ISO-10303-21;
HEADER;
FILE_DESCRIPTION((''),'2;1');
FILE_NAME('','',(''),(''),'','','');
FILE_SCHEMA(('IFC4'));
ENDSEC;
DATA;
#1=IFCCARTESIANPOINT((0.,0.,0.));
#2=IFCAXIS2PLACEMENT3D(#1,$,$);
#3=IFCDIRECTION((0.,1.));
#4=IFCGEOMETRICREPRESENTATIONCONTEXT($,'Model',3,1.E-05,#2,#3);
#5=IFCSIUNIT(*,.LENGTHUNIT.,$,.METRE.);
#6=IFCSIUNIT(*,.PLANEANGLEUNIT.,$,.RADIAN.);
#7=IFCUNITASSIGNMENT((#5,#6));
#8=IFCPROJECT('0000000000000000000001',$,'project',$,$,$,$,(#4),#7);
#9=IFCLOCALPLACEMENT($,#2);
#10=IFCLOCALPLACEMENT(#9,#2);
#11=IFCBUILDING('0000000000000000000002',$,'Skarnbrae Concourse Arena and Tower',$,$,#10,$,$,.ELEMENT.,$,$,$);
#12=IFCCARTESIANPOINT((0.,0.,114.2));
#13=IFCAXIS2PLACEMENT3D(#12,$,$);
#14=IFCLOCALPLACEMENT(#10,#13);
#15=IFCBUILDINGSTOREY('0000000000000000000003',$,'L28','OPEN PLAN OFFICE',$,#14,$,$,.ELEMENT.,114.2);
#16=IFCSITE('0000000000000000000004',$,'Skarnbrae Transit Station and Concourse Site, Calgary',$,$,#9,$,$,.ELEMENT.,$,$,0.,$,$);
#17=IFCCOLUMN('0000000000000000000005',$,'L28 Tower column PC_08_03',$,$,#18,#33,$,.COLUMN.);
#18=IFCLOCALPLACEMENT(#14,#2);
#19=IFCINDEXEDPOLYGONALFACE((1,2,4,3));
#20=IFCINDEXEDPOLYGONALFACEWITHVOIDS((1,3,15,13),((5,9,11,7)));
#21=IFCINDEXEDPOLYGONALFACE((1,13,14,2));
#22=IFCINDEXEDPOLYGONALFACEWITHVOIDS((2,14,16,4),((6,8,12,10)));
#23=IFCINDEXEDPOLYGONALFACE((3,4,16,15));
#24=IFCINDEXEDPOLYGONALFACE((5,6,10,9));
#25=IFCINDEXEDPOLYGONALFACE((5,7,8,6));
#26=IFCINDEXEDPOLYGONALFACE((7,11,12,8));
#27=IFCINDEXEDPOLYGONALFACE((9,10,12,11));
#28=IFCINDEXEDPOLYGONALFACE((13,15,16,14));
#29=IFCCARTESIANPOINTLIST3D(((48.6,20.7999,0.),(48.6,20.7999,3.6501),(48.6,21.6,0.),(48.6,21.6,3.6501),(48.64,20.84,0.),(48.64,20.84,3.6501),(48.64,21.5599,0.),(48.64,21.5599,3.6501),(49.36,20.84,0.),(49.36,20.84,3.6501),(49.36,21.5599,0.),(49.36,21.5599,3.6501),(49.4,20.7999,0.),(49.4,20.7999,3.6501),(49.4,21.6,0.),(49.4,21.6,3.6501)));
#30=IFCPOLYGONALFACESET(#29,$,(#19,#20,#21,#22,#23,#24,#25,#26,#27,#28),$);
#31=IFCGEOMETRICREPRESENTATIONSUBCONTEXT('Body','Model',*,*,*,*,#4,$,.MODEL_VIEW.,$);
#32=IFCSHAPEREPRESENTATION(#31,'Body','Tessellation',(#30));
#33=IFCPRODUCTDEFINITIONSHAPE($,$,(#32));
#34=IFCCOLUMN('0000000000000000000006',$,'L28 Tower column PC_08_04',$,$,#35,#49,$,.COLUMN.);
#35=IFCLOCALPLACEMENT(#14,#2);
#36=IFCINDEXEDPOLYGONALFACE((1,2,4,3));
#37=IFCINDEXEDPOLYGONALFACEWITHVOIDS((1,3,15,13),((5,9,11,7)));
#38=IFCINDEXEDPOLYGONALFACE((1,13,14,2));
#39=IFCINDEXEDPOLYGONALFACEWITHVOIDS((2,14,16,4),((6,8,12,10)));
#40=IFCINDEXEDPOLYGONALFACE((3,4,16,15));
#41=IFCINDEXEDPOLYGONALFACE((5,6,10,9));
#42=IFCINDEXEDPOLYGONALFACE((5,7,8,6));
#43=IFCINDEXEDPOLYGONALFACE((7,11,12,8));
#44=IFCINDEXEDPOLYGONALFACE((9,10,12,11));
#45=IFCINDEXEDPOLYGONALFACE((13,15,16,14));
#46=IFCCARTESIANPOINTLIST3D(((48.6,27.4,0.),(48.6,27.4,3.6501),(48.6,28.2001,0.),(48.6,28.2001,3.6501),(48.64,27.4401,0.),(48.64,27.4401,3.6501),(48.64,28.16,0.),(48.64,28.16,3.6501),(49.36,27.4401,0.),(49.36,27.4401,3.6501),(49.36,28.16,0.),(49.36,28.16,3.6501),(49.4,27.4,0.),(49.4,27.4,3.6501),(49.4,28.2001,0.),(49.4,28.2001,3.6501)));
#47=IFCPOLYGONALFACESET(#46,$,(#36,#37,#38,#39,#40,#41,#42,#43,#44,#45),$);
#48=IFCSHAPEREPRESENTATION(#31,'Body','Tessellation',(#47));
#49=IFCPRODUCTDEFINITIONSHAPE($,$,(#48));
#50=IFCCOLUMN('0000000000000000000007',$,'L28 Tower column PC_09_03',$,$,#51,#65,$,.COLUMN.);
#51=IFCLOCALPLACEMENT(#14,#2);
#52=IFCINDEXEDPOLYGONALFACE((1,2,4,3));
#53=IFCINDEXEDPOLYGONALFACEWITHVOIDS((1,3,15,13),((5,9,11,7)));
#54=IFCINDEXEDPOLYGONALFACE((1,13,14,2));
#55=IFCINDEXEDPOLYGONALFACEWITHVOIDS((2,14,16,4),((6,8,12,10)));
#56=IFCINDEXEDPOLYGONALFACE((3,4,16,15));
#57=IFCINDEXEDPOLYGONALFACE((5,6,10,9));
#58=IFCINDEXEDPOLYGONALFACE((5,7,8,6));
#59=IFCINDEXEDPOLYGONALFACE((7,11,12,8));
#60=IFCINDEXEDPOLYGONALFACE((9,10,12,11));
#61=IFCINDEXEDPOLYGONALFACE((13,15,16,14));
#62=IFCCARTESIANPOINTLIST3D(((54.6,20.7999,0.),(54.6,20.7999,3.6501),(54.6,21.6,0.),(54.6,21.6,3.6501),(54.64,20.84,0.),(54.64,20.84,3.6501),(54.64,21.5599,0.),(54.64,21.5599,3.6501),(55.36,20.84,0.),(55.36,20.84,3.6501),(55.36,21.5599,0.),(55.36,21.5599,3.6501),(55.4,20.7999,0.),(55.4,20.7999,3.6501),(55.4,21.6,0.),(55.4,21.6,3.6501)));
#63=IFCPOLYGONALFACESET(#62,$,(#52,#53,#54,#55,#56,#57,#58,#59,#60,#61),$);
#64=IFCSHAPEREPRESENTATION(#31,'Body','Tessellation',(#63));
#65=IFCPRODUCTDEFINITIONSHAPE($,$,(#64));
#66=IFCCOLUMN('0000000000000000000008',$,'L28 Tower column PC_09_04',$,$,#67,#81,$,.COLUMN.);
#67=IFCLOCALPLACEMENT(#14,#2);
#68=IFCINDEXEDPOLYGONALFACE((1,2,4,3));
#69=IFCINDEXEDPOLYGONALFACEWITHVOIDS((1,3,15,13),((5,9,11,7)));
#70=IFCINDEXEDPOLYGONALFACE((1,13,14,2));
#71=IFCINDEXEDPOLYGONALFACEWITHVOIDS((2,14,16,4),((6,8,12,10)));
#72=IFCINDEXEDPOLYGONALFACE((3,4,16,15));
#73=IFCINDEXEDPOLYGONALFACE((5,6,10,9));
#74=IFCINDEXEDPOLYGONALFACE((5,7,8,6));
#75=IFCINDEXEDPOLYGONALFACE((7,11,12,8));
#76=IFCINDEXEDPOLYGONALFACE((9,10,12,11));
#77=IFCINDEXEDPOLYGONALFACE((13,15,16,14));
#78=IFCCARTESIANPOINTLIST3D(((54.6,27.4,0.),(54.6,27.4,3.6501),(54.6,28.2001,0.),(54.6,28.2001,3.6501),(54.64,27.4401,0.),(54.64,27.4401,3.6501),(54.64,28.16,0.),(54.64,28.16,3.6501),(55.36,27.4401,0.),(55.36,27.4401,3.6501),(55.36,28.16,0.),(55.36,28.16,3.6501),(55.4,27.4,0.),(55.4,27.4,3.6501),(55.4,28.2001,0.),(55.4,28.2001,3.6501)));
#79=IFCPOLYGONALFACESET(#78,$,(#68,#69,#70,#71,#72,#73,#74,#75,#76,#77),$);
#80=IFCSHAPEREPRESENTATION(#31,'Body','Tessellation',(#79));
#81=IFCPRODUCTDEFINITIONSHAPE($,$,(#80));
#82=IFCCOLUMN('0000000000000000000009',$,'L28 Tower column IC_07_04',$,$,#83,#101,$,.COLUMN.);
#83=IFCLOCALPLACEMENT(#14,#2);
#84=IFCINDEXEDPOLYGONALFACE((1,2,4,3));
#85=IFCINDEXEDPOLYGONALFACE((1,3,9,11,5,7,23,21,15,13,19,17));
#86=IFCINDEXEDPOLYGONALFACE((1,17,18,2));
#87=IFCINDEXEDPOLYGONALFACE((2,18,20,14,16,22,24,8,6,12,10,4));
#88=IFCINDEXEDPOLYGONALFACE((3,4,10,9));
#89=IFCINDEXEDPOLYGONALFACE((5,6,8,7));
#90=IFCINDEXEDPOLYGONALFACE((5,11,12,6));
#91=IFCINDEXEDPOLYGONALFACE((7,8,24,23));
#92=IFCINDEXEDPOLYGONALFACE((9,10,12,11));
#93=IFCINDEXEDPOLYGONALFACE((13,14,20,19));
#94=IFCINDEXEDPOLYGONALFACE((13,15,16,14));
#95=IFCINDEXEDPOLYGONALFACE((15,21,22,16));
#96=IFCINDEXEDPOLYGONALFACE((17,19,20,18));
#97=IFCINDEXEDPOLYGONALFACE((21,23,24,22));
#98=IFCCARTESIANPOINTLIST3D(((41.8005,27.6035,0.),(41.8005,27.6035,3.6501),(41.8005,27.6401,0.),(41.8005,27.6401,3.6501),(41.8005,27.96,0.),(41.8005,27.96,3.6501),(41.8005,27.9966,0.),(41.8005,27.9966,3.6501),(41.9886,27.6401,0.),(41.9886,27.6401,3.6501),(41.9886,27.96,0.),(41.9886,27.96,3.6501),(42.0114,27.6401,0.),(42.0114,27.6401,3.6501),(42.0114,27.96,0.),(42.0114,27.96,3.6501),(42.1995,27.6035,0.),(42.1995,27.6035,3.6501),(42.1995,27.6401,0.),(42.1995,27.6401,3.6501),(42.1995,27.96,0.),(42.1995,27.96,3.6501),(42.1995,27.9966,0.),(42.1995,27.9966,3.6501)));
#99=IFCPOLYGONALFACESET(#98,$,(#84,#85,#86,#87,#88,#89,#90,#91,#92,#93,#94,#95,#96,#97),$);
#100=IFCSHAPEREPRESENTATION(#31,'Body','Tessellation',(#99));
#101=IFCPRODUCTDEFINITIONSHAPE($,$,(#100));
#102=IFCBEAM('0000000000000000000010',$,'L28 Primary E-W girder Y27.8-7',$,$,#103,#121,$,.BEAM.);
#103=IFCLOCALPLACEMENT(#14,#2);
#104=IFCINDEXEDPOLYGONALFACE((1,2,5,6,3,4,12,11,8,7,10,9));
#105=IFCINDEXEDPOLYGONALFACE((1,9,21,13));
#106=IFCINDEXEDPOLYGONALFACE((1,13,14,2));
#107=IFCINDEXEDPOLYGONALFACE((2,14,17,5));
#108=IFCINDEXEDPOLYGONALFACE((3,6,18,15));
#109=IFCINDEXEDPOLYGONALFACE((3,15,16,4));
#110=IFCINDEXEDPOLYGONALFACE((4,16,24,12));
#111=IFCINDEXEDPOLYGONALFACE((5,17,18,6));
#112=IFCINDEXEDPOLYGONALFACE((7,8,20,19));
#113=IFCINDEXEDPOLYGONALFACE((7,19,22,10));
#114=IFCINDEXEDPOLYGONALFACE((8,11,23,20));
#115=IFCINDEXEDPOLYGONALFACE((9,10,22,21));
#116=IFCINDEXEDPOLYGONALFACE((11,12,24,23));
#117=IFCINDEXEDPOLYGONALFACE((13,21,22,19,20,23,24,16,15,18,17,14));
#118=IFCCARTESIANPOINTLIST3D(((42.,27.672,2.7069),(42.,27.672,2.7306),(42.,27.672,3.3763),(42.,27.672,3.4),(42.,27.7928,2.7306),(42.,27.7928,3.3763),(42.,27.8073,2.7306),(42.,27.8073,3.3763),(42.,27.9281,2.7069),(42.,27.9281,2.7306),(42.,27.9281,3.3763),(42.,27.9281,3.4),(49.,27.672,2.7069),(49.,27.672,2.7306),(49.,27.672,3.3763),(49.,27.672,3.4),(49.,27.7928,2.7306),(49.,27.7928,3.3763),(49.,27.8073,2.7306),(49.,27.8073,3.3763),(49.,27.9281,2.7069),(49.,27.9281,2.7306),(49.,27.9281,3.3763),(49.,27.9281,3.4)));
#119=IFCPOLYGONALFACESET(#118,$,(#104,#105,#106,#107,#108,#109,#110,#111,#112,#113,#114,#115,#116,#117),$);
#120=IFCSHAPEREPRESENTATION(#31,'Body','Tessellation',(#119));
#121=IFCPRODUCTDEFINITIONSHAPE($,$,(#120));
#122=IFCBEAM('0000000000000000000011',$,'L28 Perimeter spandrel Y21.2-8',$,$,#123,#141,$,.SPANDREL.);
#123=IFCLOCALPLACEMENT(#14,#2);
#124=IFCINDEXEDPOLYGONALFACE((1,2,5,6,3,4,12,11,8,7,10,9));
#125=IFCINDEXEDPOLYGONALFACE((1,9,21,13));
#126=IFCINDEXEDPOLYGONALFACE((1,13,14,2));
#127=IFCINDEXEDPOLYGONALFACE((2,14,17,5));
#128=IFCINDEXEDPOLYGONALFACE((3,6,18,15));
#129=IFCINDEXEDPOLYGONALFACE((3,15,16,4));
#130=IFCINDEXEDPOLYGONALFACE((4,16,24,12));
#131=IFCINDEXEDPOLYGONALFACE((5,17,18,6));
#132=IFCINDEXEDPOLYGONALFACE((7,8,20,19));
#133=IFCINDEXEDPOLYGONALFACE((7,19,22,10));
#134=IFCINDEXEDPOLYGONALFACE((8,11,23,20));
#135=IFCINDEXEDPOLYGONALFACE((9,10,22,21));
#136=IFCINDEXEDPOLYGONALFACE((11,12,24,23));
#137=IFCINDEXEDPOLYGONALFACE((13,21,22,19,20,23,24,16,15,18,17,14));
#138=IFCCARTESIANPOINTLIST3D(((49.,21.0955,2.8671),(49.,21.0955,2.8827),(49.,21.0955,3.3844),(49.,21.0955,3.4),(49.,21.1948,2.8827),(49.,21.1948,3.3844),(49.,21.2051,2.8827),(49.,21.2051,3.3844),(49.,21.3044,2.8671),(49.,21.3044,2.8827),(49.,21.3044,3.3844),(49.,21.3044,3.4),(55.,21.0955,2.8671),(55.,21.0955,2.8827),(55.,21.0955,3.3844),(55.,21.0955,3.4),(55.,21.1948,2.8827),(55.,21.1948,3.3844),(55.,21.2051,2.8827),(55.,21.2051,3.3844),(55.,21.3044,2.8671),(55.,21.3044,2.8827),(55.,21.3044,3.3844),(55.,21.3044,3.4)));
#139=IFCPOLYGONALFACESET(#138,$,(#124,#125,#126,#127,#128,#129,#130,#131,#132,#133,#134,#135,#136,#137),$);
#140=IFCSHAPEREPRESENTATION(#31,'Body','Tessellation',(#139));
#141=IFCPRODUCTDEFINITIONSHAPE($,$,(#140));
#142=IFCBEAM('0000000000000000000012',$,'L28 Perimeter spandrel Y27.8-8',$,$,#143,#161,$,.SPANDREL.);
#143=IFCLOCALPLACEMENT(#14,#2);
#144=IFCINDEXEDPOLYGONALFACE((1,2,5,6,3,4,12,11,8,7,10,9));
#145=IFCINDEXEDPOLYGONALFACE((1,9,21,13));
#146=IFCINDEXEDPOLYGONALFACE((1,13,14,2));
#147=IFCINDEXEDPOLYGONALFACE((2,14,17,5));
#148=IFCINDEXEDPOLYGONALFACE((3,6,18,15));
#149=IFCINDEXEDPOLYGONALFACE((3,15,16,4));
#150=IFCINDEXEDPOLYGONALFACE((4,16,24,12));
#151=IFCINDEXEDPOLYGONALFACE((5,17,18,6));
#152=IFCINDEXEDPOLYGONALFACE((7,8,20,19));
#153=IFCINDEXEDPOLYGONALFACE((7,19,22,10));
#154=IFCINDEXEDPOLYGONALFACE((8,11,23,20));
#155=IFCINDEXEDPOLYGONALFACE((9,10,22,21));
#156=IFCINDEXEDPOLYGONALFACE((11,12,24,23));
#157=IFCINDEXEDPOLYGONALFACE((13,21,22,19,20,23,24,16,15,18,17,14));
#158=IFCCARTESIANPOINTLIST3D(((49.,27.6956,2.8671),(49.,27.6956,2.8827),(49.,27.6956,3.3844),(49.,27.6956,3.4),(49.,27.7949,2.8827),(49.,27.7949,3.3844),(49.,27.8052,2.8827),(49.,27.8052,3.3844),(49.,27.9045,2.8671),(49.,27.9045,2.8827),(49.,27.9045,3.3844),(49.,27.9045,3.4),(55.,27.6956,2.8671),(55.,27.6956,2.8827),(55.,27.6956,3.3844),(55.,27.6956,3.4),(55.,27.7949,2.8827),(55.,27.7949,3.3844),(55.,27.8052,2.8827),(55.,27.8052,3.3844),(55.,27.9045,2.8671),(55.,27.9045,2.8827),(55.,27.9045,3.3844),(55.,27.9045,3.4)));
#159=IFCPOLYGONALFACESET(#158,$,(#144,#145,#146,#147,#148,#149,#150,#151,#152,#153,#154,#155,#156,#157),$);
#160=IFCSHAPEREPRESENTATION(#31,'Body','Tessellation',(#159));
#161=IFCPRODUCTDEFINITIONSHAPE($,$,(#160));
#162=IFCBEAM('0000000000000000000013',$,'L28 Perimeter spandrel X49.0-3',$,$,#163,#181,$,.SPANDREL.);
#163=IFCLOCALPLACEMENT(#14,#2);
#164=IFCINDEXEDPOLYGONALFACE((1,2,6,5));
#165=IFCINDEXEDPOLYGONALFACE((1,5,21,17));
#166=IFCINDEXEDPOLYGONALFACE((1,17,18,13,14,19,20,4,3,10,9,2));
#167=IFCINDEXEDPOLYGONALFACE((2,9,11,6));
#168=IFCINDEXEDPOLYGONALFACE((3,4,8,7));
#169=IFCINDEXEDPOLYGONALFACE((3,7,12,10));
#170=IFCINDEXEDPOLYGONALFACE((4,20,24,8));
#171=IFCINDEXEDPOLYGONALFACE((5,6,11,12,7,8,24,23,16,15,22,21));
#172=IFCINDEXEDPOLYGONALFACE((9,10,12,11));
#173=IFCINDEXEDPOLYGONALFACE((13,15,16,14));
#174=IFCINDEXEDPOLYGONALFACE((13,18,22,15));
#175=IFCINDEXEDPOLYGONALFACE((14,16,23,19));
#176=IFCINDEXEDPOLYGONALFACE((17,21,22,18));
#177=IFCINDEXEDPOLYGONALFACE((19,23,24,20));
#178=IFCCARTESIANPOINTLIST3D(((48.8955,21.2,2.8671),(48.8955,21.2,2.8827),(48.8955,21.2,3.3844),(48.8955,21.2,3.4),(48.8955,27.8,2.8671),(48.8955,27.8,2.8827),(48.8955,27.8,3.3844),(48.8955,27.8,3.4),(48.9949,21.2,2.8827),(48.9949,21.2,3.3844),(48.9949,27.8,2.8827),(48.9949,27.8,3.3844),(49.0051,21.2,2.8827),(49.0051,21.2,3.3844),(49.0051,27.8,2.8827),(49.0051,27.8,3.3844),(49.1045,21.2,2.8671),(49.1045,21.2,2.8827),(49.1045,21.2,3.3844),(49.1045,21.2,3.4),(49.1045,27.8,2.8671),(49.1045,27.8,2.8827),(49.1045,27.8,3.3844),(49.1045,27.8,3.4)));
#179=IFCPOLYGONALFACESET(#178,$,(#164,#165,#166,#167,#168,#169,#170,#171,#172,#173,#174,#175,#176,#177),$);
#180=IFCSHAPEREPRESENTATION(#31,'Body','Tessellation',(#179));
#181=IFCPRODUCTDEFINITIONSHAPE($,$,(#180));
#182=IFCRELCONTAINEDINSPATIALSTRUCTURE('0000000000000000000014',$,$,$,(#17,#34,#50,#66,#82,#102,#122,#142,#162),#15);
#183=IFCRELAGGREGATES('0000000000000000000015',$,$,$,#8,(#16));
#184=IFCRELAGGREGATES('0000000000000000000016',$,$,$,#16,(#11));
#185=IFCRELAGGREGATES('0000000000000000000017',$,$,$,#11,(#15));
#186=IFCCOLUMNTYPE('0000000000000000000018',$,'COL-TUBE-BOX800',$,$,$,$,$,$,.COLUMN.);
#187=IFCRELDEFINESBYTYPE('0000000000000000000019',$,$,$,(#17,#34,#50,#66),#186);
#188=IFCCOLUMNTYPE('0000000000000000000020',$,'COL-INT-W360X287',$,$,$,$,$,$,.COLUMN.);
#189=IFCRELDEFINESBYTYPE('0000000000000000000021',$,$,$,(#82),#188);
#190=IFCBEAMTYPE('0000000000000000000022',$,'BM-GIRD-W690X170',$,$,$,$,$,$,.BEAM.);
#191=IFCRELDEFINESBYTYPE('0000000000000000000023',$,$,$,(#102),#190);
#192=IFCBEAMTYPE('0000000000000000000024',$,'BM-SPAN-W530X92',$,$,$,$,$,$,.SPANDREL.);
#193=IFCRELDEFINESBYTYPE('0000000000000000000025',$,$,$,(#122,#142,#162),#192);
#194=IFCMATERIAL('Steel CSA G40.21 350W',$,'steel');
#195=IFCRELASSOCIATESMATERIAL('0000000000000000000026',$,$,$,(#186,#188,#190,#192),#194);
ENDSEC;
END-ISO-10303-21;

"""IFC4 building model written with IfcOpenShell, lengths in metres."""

from ifc_helpers import new_model, si_unit, direction, frame, origin, origin_2d, place, context, subcontext, project, spatial, hollow_rectangle, i_section, extrude, source, transform, mapped, material, material_profile, profile_set, type_object, element, save


model = new_model("IFC4")

# Units and contexts
model_context = context("Model", 3, precision=1e-05, world=origin(), true_north=direction((0.0, 1.0)))
body_context = subcontext(model_context, "Body", "Model", "MODEL_VIEW")
ifc_project = project(units=[si_unit("LENGTHUNIT", "METRE"), si_unit("PLANEANGLEUNIT", "RADIAN")], contexts=[model_context])

# Site, building, storey
site_placement = place(None, origin())
site = spatial("IfcSite", under=ifc_project, at=site_placement, Name="Skarnbrae Transit Station and Concourse Site, Calgary", CompositionType="ELEMENT", RefElevation=0.0)
building_placement = place(site_placement, origin())
building = spatial("IfcBuilding", under=site, at=building_placement, Name="Skarnbrae Concourse Arena and Tower", CompositionType="ELEMENT")
storey_placement = place(building_placement, frame((0.0, 0.0, 114.2)))
storey = spatial("IfcBuildingStorey", under=building, at=storey_placement, Name="L28", Description="OPEN PLAN OFFICE", CompositionType="ELEMENT", Elevation=114.2)

# Columns
ifc_material_1 = material(Name="Steel CSA G40.21 350W", Category="steel")
ifc_material_profile_1 = material_profile(ifc_material_1, hollow_rectangle(XDim=0.8, YDim=0.8, WallThickness=0.04, at=origin_2d()), Name="BOX800X800X40")
ifc_profile_set_1 = profile_set([ifc_material_profile_1], Name="Steel CSA G40.21 350W")
column_type_1 = type_object("IfcColumnType", Name="COL-TUBE-BOX800", PredefinedType="COLUMN", material=ifc_profile_set_1)
shared_shape_1 = source(origin(), body_context, "Body", "SweptSolid", [
    extrude(hollow_rectangle(XDim=0.8, YDim=0.8, WallThickness=0.04, at=origin_2d()), origin(), (0.0, 0.0, 1.0), 3.6501),
])
for number, where, z_axis, x_axis, name in (
    (1, (49.0, 21.2, 0.0), (0.0, 0.0, 1.0), (1.0, 0.0, 0.0), "L28 Tower column PC_08_03"),
    (2, (49.0, 27.8, 0.0), (0.0, 0.0, 1.0), (1.0, 0.0, 0.0), "L28 Tower column PC_08_04"),
    (3, (55.0, 21.2, 0.0), (0.0, 0.0, 1.0), (1.0, 0.0, 0.0), "L28 Tower column PC_09_03"),
    (4, (55.0, 27.8, 0.0), (0.0, 0.0, 1.0), (1.0, 0.0, 0.0), "L28 Tower column PC_09_04"),
):
    element("IfcColumn", number, at=place(storey_placement, frame(where, z_axis=z_axis, x_axis=x_axis)), inside=storey, type_object=column_type_1, Name=name, PredefinedType="COLUMN", context=body_context, shape_type="MappedRepresentation", body=[
        mapped(shared_shape_1, transform((0.0, 0.0, 0.0))),
    ])
ifc_material_profile_2 = material_profile(ifc_material_1, i_section(OverallWidth=0.3989, OverallDepth=0.3931, WebThickness=0.0227, FlangeThickness=0.0366, at=origin_2d()), Name="W360X287")
ifc_profile_set_2 = profile_set([ifc_material_profile_2], Name="Steel CSA G40.21 350W")
column_type_2 = type_object("IfcColumnType", Name="COL-INT-W360X287", PredefinedType="COLUMN", material=ifc_profile_set_2)
shared_shape_2 = source(origin(), body_context, "Body", "SweptSolid", [
    extrude(i_section(OverallWidth=0.3989, OverallDepth=0.3931, WebThickness=0.0227, FlangeThickness=0.0366, at=origin_2d()), origin(), (0.0, 0.0, 1.0), 3.6501),
])
column_placement = place(storey_placement, frame((42.0, 27.8, 0.0), z_axis=(0.0, 0.0, 1.0), x_axis=(1.0, 0.0, 0.0)))
element("IfcColumn", 5, at=column_placement, inside=storey, type_object=column_type_2, Name="L28 Tower column IC_07_04", PredefinedType="COLUMN", context=body_context, shape_type="MappedRepresentation", body=[
    mapped(shared_shape_2, transform((0.0, 0.0, 0.0))),
])

# Beams
ifc_material_profile_3 = material_profile(ifc_material_1, i_section(OverallWidth=0.2561, OverallDepth=0.6931, WebThickness=0.0144, FlangeThickness=0.0237, at=origin_2d()), Name="W690X170")
ifc_profile_set_3 = profile_set([ifc_material_profile_3], Name="Steel CSA G40.21 350W")
beam_type_1 = type_object("IfcBeamType", Name="BM-GIRD-W690X170", PredefinedType="BEAM", material=ifc_profile_set_3)
shared_shape_3 = source(origin(), body_context, "Body", "SweptSolid", [
    extrude(i_section(OverallWidth=0.2561, OverallDepth=0.6931, WebThickness=0.0144, FlangeThickness=0.0237, at=origin_2d()), origin(), (0.0, 0.0, 1.0), 7.0),
])
beam_1_placement = place(storey_placement, frame((42.0, 27.8, 3.0535), z_axis=(1.0, 0.0, 0.0), x_axis=(0.0, 1.0, 0.0)))
element("IfcBeam", 6, at=beam_1_placement, inside=storey, type_object=beam_type_1, Name="L28 Primary E-W girder Y27.8-7", PredefinedType="BEAM", context=body_context, shape_type="MappedRepresentation", body=[
    mapped(shared_shape_3, transform((0.0, 0.0, 0.0))),
])
ifc_material_profile_4 = material_profile(ifc_material_1, i_section(OverallWidth=0.209, OverallDepth=0.533, WebThickness=0.0103, FlangeThickness=0.0156, at=origin_2d()), Name="W530X92")
ifc_profile_set_4 = profile_set([ifc_material_profile_4], Name="Steel CSA G40.21 350W")
beam_type_2 = type_object("IfcBeamType", Name="BM-SPAN-W530X92", PredefinedType="SPANDREL", material=ifc_profile_set_4)
shared_shape_4 = source(origin(), body_context, "Body", "SweptSolid", [
    extrude(i_section(OverallWidth=0.209, OverallDepth=0.533, WebThickness=0.0103, FlangeThickness=0.0156, at=origin_2d()), origin(), (0.0, 0.0, 1.0), 6.0),
])
for number, where, z_axis, x_axis, name in (
    (7, (49.0, 21.2, 3.1335), (1.0, 0.0, 0.0), (0.0, 1.0, 0.0), "L28 Perimeter spandrel Y21.2-8"),
    (8, (49.0, 27.8, 3.1335), (1.0, 0.0, 0.0), (0.0, 1.0, 0.0), "L28 Perimeter spandrel Y27.8-8"),
):
    element("IfcBeam", number, at=place(storey_placement, frame(where, z_axis=z_axis, x_axis=x_axis)), inside=storey, type_object=beam_type_2, Name=name, PredefinedType="SPANDREL", context=body_context, shape_type="MappedRepresentation", body=[
        mapped(shared_shape_4, transform((0.0, 0.0, 0.0))),
    ])
shared_shape_5 = source(origin(), body_context, "Body", "SweptSolid", [
    extrude(i_section(OverallWidth=0.209, OverallDepth=0.533, WebThickness=0.0103, FlangeThickness=0.0156, at=origin_2d()), origin(), (0.0, 0.0, 1.0), 6.6001),
])
for number, where, z_axis, x_axis, name in (
    (9, (49.0, 21.2, 3.1335), (0.0, 1.0, 0.0), (-1.0, 0.0, 0.0), "L28 Perimeter spandrel X49.0-3"),
):
    element("IfcBeam", number, at=place(storey_placement, frame(where, z_axis=z_axis, x_axis=x_axis)), inside=storey, type_object=beam_type_2, Name=name, PredefinedType="SPANDREL", context=body_context, shape_type="MappedRepresentation", body=[
        mapped(shared_shape_5, transform((0.0, 0.0, 0.0))),
    ])

save(model, "model.ifc")
